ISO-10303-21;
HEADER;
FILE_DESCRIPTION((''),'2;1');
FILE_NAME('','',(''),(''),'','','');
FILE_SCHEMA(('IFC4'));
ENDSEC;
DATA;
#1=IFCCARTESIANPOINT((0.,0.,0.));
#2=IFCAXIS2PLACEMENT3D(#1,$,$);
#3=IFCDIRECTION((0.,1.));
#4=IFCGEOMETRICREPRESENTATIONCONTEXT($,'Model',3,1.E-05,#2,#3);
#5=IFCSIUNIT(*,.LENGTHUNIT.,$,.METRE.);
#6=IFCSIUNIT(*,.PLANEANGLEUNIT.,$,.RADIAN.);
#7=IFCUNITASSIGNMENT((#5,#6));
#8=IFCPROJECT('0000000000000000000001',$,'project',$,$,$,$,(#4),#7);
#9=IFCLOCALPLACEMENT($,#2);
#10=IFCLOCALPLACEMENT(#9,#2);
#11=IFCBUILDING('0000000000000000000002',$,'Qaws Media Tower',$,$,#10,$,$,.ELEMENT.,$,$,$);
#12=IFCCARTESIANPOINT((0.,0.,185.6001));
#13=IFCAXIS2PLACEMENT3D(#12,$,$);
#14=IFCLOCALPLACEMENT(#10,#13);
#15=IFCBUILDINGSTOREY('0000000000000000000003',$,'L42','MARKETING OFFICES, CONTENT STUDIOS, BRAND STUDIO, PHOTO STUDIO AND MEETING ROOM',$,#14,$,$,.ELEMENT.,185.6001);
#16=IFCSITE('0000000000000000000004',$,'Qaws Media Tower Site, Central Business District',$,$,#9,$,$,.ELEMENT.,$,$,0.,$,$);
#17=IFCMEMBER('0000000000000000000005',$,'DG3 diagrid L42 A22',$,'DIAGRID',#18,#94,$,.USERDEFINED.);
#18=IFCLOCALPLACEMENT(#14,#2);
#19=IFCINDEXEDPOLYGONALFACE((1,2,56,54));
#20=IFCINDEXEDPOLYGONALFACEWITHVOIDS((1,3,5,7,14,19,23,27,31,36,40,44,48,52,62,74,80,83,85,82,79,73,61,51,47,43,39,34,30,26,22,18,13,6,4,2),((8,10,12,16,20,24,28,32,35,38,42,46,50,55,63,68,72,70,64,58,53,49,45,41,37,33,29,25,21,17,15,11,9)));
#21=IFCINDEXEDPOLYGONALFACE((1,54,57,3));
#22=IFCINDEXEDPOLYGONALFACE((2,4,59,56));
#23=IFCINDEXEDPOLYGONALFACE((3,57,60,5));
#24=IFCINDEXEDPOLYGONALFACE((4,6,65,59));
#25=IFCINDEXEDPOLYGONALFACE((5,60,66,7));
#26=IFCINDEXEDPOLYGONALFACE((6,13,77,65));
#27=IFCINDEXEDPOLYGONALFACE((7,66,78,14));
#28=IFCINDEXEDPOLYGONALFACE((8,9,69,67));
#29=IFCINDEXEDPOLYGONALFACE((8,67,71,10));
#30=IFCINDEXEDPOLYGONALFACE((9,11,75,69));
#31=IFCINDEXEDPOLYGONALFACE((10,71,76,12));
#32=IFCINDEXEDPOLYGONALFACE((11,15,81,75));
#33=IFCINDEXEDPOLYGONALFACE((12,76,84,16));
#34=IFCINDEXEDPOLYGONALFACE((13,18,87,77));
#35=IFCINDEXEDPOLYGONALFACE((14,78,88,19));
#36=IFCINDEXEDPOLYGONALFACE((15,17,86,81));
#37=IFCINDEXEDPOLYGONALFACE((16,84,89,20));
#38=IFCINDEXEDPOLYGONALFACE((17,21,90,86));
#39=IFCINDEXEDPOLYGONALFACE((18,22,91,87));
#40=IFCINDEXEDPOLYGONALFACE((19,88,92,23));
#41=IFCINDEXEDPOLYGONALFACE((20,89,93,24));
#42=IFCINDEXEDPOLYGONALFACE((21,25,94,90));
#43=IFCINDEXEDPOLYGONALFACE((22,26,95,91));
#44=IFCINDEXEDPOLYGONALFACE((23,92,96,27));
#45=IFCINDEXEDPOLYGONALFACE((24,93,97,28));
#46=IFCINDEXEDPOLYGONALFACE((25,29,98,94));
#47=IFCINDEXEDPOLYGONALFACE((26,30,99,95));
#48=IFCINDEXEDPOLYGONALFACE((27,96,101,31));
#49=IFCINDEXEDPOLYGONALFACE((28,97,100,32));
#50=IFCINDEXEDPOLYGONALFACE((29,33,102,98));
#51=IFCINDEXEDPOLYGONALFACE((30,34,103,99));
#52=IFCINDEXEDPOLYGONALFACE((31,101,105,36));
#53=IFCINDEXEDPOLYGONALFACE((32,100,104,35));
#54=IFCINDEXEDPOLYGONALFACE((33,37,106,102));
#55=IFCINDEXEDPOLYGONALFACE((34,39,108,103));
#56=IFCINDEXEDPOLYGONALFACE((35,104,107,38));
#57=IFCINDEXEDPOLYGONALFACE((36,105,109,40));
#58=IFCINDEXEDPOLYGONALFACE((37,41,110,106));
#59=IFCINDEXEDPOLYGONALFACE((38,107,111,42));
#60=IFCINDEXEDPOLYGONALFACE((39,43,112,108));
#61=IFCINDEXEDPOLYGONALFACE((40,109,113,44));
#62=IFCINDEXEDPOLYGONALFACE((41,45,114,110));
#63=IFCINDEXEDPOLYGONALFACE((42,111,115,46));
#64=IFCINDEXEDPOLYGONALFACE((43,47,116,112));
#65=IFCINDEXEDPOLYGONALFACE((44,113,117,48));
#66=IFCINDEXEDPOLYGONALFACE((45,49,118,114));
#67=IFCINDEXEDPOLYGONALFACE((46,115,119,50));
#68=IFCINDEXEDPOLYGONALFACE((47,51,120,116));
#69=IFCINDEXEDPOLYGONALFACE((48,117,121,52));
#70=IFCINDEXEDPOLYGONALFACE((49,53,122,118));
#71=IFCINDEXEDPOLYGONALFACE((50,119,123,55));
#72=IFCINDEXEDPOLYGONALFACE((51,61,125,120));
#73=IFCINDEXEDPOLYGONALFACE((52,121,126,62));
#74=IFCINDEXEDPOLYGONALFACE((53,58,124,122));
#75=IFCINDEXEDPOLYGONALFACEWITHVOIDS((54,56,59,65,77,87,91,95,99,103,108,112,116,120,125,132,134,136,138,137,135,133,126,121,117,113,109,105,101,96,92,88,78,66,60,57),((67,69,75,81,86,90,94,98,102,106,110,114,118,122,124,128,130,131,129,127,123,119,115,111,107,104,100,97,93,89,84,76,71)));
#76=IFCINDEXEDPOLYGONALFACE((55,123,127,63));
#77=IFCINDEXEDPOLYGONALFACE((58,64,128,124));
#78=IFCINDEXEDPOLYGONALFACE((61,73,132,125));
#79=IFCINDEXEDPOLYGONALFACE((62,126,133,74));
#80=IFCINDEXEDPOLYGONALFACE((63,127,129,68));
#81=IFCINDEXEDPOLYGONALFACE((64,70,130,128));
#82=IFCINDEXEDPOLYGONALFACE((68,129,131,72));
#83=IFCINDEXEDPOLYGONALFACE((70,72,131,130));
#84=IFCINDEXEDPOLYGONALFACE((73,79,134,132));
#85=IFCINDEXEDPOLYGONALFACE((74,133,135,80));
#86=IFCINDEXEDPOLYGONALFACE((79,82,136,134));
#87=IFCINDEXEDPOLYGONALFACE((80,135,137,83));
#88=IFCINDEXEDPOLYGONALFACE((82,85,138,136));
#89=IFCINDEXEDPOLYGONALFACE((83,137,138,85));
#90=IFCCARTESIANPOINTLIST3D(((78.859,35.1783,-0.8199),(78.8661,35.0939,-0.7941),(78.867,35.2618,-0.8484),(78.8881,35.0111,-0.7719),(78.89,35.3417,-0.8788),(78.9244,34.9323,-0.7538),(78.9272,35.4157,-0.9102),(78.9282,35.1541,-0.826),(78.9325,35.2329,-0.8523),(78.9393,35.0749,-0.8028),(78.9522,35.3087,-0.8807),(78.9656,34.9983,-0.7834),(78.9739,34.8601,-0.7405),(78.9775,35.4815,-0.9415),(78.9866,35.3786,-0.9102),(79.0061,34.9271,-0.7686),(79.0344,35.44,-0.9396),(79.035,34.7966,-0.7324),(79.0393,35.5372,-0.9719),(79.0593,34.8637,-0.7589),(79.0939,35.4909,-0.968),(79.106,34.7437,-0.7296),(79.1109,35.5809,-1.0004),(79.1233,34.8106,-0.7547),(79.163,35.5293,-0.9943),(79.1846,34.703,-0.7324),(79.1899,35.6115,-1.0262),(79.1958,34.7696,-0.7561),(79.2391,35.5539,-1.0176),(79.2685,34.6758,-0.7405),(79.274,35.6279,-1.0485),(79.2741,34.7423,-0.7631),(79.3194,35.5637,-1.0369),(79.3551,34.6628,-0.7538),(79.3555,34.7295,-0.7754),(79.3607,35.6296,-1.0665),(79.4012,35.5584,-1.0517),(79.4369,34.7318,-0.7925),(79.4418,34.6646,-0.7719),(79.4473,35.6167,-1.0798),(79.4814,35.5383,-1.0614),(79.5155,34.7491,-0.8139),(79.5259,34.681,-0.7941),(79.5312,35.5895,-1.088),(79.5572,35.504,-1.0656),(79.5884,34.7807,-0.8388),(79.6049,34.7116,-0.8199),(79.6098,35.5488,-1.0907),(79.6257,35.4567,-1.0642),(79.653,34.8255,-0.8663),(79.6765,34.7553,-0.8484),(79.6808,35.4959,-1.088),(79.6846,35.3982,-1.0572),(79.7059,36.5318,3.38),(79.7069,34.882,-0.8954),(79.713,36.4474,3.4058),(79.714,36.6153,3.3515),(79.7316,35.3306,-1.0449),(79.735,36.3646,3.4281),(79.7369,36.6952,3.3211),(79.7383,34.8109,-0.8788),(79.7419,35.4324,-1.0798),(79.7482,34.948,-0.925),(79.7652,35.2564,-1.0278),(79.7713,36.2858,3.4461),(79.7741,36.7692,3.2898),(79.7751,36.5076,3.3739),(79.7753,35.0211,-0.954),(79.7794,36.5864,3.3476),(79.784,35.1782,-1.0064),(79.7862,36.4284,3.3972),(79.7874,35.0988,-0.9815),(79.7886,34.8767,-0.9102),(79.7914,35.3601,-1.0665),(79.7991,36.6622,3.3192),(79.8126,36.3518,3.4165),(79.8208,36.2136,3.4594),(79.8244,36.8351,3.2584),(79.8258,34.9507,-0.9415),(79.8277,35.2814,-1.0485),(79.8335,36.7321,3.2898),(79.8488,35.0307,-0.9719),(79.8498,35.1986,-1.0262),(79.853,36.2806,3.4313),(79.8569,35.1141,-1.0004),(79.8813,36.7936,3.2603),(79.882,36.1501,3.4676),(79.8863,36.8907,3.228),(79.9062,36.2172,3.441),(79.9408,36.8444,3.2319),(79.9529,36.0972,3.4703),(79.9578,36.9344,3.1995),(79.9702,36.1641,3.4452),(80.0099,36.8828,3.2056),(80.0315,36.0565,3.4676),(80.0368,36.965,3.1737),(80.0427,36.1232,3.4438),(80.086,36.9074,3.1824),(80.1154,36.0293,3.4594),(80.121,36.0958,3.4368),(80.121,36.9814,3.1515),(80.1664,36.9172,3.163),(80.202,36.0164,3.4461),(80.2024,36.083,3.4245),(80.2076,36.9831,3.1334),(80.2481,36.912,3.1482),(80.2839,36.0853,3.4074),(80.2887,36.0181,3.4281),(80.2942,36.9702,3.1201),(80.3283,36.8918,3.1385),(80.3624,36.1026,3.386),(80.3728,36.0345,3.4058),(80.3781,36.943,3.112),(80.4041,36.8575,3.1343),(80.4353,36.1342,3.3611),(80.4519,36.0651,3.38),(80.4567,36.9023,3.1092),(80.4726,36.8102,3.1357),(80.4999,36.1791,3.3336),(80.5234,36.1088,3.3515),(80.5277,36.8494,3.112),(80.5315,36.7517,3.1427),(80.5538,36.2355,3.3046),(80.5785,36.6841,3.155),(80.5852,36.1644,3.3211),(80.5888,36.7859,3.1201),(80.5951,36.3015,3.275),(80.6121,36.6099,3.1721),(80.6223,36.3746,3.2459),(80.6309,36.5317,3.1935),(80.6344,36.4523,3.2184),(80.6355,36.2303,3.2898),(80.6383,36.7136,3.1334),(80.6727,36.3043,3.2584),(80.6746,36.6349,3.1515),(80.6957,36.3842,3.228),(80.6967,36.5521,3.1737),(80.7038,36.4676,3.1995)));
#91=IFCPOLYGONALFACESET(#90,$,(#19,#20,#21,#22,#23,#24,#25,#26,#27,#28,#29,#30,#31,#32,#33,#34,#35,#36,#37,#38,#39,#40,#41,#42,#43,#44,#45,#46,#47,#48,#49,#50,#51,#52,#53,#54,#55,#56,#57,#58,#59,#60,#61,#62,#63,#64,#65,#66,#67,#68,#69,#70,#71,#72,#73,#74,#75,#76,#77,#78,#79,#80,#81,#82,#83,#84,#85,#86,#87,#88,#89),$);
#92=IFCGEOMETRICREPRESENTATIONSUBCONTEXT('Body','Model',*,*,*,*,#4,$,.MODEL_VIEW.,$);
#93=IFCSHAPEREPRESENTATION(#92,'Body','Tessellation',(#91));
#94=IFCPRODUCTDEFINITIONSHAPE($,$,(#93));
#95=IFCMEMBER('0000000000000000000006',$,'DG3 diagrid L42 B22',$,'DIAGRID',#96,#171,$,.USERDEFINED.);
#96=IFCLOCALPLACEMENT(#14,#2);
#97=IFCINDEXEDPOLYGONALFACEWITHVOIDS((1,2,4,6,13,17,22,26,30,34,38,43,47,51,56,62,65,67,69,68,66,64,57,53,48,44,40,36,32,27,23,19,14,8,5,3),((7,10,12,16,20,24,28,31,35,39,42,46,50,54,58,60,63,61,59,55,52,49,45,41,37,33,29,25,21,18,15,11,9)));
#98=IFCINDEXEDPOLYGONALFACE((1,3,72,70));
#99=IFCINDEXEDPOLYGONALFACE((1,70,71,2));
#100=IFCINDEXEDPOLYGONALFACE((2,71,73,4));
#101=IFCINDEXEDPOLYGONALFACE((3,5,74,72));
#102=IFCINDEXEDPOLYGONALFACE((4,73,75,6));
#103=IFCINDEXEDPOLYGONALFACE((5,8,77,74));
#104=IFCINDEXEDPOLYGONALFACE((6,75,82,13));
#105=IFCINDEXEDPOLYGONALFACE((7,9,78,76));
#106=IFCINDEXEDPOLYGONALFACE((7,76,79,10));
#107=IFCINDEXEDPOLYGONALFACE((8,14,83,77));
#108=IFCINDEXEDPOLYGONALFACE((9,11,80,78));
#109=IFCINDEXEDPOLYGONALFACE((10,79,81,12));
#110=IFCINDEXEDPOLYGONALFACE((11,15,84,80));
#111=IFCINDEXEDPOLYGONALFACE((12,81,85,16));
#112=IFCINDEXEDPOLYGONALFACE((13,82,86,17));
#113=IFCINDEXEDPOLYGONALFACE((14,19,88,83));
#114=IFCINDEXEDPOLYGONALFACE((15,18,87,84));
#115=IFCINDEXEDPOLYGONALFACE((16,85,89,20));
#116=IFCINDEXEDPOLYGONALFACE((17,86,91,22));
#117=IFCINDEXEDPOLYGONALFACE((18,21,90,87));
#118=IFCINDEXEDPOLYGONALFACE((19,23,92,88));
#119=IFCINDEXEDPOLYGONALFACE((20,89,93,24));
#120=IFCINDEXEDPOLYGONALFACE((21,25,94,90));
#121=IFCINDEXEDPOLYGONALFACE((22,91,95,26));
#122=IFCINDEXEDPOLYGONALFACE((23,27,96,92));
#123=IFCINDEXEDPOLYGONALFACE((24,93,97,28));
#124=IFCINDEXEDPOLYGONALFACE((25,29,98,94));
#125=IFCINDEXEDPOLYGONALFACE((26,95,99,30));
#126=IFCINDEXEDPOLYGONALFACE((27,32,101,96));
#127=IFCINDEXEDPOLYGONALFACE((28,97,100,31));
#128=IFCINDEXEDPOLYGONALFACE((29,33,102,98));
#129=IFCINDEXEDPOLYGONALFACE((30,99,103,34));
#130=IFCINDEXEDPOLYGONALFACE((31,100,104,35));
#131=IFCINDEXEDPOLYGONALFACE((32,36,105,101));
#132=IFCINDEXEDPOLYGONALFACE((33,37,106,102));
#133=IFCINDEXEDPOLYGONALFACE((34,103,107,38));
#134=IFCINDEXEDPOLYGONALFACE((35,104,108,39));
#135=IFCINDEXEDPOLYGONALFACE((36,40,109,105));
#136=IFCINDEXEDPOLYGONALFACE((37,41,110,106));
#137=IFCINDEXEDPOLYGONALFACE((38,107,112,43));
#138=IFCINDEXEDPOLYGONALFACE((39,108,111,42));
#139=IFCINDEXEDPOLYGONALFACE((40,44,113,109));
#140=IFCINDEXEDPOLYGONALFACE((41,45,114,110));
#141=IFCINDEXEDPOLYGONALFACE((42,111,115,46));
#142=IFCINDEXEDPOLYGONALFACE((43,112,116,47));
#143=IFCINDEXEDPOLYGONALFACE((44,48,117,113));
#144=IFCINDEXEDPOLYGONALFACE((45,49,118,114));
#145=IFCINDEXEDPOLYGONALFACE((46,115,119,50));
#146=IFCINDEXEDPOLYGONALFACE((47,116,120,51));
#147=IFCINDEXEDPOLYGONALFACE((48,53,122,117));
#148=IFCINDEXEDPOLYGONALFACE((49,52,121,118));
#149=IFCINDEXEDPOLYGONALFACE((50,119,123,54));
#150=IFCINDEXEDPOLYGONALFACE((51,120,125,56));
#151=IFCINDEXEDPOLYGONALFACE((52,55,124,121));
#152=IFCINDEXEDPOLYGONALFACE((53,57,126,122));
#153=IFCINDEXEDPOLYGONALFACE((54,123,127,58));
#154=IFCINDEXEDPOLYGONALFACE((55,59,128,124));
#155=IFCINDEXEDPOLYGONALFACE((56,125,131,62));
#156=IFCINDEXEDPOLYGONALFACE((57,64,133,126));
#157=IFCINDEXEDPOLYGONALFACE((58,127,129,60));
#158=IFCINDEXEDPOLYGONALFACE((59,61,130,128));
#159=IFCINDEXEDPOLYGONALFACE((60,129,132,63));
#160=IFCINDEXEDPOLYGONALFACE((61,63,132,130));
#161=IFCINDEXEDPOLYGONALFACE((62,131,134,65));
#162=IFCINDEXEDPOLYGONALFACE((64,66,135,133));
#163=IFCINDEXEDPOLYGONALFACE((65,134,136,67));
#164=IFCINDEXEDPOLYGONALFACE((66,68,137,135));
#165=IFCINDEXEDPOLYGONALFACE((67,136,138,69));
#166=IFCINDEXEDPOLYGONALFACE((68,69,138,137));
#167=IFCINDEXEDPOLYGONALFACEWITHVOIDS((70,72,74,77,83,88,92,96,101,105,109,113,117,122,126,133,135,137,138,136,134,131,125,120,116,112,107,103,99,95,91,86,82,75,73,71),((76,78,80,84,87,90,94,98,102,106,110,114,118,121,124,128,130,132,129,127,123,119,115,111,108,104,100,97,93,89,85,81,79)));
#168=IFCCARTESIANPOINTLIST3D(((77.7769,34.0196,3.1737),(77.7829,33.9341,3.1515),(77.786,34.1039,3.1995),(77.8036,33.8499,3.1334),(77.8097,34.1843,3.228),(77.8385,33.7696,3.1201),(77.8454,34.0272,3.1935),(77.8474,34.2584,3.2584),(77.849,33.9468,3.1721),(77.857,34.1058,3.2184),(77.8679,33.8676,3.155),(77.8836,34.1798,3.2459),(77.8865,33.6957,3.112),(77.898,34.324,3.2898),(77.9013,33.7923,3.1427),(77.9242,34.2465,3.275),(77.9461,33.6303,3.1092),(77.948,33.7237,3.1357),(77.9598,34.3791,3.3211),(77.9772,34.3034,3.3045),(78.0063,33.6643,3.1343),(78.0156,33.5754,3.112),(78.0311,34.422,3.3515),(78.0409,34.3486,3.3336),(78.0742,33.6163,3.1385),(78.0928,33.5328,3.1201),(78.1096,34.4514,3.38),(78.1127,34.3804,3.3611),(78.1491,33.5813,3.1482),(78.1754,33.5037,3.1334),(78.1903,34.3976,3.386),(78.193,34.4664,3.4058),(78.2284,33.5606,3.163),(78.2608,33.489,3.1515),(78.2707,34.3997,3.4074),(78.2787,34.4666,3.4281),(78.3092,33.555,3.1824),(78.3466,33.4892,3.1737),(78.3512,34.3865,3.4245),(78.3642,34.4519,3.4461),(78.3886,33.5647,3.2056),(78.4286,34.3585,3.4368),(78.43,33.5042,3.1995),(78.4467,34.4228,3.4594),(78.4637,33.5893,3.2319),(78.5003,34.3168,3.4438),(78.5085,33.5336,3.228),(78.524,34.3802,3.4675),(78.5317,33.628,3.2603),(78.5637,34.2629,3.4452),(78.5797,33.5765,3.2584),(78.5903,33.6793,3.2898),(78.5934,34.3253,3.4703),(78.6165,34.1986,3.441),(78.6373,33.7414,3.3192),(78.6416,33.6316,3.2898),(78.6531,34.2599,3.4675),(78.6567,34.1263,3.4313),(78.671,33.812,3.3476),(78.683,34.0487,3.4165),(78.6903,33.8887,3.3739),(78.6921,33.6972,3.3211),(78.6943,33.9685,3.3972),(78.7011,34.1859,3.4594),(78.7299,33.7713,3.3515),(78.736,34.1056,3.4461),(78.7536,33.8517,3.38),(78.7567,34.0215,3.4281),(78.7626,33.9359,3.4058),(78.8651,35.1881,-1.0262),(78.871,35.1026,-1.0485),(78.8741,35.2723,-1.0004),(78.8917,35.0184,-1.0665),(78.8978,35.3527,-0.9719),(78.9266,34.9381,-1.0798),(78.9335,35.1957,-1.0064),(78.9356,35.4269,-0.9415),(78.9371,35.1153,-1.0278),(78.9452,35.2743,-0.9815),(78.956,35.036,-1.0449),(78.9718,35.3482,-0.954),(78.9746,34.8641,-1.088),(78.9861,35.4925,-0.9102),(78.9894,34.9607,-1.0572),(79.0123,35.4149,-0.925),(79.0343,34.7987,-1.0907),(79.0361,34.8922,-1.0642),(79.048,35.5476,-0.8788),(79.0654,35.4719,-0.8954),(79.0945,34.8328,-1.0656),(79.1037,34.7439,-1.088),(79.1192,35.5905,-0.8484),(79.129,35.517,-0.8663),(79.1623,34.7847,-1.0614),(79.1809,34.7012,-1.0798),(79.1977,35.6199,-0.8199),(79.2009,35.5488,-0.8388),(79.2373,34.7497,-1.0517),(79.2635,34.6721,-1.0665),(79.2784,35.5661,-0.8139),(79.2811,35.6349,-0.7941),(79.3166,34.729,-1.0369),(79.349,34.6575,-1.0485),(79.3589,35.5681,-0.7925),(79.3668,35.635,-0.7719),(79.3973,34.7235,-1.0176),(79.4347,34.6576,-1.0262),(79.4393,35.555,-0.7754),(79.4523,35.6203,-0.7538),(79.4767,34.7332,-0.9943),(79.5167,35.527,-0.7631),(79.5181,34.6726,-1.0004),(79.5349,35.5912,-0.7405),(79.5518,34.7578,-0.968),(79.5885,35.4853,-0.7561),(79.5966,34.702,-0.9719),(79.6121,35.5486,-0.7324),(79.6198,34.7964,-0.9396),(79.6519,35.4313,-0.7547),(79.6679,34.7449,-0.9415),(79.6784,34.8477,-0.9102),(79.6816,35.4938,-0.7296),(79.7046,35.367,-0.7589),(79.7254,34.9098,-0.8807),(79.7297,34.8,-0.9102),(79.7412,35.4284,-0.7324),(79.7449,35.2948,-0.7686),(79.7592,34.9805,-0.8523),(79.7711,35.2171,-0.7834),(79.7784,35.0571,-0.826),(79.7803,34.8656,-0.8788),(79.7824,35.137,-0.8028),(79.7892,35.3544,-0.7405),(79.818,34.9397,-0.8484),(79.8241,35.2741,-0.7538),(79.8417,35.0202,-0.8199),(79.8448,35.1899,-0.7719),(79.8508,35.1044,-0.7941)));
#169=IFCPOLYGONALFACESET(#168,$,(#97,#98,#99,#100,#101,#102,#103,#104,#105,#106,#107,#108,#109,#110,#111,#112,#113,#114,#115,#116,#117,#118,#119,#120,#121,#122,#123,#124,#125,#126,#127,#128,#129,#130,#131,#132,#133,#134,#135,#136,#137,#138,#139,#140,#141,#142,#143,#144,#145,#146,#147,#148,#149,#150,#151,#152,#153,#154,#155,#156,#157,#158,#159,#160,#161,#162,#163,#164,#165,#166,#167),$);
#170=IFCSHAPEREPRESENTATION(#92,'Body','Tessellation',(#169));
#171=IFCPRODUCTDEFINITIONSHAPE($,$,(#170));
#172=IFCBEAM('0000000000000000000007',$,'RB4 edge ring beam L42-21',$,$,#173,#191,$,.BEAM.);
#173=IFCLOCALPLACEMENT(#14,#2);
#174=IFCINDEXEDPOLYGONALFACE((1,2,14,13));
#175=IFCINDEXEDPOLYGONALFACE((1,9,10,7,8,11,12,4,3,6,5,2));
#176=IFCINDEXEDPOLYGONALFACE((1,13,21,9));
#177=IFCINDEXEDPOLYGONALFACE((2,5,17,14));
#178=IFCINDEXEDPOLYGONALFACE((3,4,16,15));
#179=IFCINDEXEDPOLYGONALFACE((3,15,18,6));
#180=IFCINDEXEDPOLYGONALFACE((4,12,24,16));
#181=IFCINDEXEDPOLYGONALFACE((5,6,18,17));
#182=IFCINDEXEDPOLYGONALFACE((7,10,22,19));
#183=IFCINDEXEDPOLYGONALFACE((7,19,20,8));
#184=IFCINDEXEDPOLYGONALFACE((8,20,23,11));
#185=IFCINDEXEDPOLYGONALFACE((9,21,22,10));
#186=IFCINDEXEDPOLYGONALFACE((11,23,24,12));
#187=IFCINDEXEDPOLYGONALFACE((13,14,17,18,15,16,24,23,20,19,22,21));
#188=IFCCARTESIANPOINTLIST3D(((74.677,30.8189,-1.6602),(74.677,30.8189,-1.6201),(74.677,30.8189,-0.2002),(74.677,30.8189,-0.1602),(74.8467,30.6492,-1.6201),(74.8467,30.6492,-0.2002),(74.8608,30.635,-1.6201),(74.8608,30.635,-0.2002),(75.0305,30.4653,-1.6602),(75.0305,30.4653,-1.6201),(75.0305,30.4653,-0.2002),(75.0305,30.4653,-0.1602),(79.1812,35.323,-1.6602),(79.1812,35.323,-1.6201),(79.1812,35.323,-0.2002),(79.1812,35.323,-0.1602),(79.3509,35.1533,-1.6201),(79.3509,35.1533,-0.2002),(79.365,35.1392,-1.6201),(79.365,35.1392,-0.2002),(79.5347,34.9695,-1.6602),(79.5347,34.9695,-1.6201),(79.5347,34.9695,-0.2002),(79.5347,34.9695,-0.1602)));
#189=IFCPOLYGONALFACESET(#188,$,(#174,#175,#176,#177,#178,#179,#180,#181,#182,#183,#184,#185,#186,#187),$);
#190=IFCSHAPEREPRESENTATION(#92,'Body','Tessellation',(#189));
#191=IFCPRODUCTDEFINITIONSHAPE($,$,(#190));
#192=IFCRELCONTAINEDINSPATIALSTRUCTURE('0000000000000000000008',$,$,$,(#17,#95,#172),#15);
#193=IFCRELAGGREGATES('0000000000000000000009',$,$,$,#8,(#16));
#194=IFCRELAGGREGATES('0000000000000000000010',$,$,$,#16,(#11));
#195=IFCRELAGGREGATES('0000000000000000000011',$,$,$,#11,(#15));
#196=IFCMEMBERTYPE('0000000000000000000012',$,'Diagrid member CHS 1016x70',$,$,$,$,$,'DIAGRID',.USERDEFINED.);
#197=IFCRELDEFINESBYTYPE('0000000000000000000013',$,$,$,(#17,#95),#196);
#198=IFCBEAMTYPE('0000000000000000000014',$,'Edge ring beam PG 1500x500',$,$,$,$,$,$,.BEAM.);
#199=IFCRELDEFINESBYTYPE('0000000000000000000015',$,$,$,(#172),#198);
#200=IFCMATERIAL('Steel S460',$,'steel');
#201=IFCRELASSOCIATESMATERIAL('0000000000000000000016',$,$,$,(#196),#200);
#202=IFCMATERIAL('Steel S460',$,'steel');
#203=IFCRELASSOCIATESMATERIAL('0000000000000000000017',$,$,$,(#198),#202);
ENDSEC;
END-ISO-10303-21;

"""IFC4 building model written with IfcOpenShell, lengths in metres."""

from ifc_helpers import new_model, si_unit, direction, frame, origin, origin_2d, place, context, subcontext, project, spatial, hollow_circle, i_section, extrude, material, material_profile, profile_set, type_object, element, save


model = new_model("IFC4")

# Units and contexts
model_context = context("Model", 3, precision=1e-05, world=origin(), true_north=direction((0.0, 1.0)))
body_context = subcontext(model_context, "Body", "Model", "MODEL_VIEW")
ifc_project = project(units=[si_unit("LENGTHUNIT", "METRE"), si_unit("PLANEANGLEUNIT", "RADIAN")], contexts=[model_context])

# Site, building, storey
site_placement = place(None, origin())
site = spatial("IfcSite", under=ifc_project, at=site_placement, Name="Qaws Media Tower Site, Central Business District", CompositionType="ELEMENT", RefElevation=0.0)
building_placement = place(site_placement, origin())
building = spatial("IfcBuilding", under=site, at=building_placement, Name="Qaws Media Tower", CompositionType="ELEMENT")
storey_placement = place(building_placement, frame((0.0, 0.0, 185.6001)))
storey = spatial("IfcBuildingStorey", under=building, at=storey_placement, Name="L42", Description="MARKETING OFFICES, CONTENT STUDIOS, BRAND STUDIO, PHOTO STUDIO AND MEETING ROOM", CompositionType="ELEMENT", Elevation=185.6001)

# Members
ifc_material_1 = material(Name="Steel S460", Category="steel")
ifc_material_profile_1 = material_profile(ifc_material_1, hollow_circle(Radius=0.5081, WallThickness=0.0701, at=origin_2d()), Name="CHS 1016x70")
ifc_profile_set_1 = profile_set([ifc_material_profile_1], Name="Steel S460")
member_type_1 = type_object("IfcMemberType", Name="Diagrid member CHS 1016x70", ElementType="DIAGRID", PredefinedType="USERDEFINED", material=ifc_profile_set_1)
for number, where, z_axis, x_axis, name in (
    (1, (79.3579, 35.1462, -0.9102), (0.18849, 0.301236, 0.934734), (-0.847723, 0.530439, 0.0), "DG3 diagrid L42 A22"),
    (2, (79.3579, 35.1462, -0.9102), (-0.242173, -0.26005, 0.934733), (0.731812, -0.681506, 0.0), "DG3 diagrid L42 B22"),
):
    element("IfcMember", number, at=place(storey_placement, frame(where, z_axis=z_axis, x_axis=x_axis)), inside=storey, type_object=member_type_1, Name=name, ObjectType="DIAGRID", PredefinedType="USERDEFINED", context=body_context, shape_type="SweptSolid", body=[
        extrude(hollow_circle(Radius=0.5081, WallThickness=0.0701, at=origin_2d()), origin(), (0.0, 0.0, 1.0), 4.4932),
    ])

# Beam
ifc_material_2 = material(Name="Steel S460", Category="steel")
ifc_material_profile_2 = material_profile(ifc_material_2, i_section(OverallWidth=0.5, OverallDepth=1.5, WebThickness=0.02, FlangeThickness=0.04, at=origin_2d()), Name="PG 1500x500")
ifc_profile_set_2 = profile_set([ifc_material_profile_2], Name="Steel S460")
beam_type = type_object("IfcBeamType", Name="Edge ring beam PG 1500x500", PredefinedType="BEAM", material=ifc_profile_set_2)
beam_1_placement = place(storey_placement, frame((74.8538, 30.6421, -0.9102), z_axis=(0.707107, 0.707107, 0.0), x_axis=(-0.707107, 0.707107, 0.0)))
element("IfcBeam", 3, at=beam_1_placement, inside=storey, type_object=beam_type, Name="RB4 edge ring beam L42-21", PredefinedType="BEAM", context=body_context, shape_type="SweptSolid", body=[
    extrude(i_section(OverallWidth=0.5, OverallDepth=1.5, WebThickness=0.02, FlangeThickness=0.04, at=origin_2d()), origin(), (0.0, 0.0, 1.0), 6.3699),
])

save(model, "model.ifc")
